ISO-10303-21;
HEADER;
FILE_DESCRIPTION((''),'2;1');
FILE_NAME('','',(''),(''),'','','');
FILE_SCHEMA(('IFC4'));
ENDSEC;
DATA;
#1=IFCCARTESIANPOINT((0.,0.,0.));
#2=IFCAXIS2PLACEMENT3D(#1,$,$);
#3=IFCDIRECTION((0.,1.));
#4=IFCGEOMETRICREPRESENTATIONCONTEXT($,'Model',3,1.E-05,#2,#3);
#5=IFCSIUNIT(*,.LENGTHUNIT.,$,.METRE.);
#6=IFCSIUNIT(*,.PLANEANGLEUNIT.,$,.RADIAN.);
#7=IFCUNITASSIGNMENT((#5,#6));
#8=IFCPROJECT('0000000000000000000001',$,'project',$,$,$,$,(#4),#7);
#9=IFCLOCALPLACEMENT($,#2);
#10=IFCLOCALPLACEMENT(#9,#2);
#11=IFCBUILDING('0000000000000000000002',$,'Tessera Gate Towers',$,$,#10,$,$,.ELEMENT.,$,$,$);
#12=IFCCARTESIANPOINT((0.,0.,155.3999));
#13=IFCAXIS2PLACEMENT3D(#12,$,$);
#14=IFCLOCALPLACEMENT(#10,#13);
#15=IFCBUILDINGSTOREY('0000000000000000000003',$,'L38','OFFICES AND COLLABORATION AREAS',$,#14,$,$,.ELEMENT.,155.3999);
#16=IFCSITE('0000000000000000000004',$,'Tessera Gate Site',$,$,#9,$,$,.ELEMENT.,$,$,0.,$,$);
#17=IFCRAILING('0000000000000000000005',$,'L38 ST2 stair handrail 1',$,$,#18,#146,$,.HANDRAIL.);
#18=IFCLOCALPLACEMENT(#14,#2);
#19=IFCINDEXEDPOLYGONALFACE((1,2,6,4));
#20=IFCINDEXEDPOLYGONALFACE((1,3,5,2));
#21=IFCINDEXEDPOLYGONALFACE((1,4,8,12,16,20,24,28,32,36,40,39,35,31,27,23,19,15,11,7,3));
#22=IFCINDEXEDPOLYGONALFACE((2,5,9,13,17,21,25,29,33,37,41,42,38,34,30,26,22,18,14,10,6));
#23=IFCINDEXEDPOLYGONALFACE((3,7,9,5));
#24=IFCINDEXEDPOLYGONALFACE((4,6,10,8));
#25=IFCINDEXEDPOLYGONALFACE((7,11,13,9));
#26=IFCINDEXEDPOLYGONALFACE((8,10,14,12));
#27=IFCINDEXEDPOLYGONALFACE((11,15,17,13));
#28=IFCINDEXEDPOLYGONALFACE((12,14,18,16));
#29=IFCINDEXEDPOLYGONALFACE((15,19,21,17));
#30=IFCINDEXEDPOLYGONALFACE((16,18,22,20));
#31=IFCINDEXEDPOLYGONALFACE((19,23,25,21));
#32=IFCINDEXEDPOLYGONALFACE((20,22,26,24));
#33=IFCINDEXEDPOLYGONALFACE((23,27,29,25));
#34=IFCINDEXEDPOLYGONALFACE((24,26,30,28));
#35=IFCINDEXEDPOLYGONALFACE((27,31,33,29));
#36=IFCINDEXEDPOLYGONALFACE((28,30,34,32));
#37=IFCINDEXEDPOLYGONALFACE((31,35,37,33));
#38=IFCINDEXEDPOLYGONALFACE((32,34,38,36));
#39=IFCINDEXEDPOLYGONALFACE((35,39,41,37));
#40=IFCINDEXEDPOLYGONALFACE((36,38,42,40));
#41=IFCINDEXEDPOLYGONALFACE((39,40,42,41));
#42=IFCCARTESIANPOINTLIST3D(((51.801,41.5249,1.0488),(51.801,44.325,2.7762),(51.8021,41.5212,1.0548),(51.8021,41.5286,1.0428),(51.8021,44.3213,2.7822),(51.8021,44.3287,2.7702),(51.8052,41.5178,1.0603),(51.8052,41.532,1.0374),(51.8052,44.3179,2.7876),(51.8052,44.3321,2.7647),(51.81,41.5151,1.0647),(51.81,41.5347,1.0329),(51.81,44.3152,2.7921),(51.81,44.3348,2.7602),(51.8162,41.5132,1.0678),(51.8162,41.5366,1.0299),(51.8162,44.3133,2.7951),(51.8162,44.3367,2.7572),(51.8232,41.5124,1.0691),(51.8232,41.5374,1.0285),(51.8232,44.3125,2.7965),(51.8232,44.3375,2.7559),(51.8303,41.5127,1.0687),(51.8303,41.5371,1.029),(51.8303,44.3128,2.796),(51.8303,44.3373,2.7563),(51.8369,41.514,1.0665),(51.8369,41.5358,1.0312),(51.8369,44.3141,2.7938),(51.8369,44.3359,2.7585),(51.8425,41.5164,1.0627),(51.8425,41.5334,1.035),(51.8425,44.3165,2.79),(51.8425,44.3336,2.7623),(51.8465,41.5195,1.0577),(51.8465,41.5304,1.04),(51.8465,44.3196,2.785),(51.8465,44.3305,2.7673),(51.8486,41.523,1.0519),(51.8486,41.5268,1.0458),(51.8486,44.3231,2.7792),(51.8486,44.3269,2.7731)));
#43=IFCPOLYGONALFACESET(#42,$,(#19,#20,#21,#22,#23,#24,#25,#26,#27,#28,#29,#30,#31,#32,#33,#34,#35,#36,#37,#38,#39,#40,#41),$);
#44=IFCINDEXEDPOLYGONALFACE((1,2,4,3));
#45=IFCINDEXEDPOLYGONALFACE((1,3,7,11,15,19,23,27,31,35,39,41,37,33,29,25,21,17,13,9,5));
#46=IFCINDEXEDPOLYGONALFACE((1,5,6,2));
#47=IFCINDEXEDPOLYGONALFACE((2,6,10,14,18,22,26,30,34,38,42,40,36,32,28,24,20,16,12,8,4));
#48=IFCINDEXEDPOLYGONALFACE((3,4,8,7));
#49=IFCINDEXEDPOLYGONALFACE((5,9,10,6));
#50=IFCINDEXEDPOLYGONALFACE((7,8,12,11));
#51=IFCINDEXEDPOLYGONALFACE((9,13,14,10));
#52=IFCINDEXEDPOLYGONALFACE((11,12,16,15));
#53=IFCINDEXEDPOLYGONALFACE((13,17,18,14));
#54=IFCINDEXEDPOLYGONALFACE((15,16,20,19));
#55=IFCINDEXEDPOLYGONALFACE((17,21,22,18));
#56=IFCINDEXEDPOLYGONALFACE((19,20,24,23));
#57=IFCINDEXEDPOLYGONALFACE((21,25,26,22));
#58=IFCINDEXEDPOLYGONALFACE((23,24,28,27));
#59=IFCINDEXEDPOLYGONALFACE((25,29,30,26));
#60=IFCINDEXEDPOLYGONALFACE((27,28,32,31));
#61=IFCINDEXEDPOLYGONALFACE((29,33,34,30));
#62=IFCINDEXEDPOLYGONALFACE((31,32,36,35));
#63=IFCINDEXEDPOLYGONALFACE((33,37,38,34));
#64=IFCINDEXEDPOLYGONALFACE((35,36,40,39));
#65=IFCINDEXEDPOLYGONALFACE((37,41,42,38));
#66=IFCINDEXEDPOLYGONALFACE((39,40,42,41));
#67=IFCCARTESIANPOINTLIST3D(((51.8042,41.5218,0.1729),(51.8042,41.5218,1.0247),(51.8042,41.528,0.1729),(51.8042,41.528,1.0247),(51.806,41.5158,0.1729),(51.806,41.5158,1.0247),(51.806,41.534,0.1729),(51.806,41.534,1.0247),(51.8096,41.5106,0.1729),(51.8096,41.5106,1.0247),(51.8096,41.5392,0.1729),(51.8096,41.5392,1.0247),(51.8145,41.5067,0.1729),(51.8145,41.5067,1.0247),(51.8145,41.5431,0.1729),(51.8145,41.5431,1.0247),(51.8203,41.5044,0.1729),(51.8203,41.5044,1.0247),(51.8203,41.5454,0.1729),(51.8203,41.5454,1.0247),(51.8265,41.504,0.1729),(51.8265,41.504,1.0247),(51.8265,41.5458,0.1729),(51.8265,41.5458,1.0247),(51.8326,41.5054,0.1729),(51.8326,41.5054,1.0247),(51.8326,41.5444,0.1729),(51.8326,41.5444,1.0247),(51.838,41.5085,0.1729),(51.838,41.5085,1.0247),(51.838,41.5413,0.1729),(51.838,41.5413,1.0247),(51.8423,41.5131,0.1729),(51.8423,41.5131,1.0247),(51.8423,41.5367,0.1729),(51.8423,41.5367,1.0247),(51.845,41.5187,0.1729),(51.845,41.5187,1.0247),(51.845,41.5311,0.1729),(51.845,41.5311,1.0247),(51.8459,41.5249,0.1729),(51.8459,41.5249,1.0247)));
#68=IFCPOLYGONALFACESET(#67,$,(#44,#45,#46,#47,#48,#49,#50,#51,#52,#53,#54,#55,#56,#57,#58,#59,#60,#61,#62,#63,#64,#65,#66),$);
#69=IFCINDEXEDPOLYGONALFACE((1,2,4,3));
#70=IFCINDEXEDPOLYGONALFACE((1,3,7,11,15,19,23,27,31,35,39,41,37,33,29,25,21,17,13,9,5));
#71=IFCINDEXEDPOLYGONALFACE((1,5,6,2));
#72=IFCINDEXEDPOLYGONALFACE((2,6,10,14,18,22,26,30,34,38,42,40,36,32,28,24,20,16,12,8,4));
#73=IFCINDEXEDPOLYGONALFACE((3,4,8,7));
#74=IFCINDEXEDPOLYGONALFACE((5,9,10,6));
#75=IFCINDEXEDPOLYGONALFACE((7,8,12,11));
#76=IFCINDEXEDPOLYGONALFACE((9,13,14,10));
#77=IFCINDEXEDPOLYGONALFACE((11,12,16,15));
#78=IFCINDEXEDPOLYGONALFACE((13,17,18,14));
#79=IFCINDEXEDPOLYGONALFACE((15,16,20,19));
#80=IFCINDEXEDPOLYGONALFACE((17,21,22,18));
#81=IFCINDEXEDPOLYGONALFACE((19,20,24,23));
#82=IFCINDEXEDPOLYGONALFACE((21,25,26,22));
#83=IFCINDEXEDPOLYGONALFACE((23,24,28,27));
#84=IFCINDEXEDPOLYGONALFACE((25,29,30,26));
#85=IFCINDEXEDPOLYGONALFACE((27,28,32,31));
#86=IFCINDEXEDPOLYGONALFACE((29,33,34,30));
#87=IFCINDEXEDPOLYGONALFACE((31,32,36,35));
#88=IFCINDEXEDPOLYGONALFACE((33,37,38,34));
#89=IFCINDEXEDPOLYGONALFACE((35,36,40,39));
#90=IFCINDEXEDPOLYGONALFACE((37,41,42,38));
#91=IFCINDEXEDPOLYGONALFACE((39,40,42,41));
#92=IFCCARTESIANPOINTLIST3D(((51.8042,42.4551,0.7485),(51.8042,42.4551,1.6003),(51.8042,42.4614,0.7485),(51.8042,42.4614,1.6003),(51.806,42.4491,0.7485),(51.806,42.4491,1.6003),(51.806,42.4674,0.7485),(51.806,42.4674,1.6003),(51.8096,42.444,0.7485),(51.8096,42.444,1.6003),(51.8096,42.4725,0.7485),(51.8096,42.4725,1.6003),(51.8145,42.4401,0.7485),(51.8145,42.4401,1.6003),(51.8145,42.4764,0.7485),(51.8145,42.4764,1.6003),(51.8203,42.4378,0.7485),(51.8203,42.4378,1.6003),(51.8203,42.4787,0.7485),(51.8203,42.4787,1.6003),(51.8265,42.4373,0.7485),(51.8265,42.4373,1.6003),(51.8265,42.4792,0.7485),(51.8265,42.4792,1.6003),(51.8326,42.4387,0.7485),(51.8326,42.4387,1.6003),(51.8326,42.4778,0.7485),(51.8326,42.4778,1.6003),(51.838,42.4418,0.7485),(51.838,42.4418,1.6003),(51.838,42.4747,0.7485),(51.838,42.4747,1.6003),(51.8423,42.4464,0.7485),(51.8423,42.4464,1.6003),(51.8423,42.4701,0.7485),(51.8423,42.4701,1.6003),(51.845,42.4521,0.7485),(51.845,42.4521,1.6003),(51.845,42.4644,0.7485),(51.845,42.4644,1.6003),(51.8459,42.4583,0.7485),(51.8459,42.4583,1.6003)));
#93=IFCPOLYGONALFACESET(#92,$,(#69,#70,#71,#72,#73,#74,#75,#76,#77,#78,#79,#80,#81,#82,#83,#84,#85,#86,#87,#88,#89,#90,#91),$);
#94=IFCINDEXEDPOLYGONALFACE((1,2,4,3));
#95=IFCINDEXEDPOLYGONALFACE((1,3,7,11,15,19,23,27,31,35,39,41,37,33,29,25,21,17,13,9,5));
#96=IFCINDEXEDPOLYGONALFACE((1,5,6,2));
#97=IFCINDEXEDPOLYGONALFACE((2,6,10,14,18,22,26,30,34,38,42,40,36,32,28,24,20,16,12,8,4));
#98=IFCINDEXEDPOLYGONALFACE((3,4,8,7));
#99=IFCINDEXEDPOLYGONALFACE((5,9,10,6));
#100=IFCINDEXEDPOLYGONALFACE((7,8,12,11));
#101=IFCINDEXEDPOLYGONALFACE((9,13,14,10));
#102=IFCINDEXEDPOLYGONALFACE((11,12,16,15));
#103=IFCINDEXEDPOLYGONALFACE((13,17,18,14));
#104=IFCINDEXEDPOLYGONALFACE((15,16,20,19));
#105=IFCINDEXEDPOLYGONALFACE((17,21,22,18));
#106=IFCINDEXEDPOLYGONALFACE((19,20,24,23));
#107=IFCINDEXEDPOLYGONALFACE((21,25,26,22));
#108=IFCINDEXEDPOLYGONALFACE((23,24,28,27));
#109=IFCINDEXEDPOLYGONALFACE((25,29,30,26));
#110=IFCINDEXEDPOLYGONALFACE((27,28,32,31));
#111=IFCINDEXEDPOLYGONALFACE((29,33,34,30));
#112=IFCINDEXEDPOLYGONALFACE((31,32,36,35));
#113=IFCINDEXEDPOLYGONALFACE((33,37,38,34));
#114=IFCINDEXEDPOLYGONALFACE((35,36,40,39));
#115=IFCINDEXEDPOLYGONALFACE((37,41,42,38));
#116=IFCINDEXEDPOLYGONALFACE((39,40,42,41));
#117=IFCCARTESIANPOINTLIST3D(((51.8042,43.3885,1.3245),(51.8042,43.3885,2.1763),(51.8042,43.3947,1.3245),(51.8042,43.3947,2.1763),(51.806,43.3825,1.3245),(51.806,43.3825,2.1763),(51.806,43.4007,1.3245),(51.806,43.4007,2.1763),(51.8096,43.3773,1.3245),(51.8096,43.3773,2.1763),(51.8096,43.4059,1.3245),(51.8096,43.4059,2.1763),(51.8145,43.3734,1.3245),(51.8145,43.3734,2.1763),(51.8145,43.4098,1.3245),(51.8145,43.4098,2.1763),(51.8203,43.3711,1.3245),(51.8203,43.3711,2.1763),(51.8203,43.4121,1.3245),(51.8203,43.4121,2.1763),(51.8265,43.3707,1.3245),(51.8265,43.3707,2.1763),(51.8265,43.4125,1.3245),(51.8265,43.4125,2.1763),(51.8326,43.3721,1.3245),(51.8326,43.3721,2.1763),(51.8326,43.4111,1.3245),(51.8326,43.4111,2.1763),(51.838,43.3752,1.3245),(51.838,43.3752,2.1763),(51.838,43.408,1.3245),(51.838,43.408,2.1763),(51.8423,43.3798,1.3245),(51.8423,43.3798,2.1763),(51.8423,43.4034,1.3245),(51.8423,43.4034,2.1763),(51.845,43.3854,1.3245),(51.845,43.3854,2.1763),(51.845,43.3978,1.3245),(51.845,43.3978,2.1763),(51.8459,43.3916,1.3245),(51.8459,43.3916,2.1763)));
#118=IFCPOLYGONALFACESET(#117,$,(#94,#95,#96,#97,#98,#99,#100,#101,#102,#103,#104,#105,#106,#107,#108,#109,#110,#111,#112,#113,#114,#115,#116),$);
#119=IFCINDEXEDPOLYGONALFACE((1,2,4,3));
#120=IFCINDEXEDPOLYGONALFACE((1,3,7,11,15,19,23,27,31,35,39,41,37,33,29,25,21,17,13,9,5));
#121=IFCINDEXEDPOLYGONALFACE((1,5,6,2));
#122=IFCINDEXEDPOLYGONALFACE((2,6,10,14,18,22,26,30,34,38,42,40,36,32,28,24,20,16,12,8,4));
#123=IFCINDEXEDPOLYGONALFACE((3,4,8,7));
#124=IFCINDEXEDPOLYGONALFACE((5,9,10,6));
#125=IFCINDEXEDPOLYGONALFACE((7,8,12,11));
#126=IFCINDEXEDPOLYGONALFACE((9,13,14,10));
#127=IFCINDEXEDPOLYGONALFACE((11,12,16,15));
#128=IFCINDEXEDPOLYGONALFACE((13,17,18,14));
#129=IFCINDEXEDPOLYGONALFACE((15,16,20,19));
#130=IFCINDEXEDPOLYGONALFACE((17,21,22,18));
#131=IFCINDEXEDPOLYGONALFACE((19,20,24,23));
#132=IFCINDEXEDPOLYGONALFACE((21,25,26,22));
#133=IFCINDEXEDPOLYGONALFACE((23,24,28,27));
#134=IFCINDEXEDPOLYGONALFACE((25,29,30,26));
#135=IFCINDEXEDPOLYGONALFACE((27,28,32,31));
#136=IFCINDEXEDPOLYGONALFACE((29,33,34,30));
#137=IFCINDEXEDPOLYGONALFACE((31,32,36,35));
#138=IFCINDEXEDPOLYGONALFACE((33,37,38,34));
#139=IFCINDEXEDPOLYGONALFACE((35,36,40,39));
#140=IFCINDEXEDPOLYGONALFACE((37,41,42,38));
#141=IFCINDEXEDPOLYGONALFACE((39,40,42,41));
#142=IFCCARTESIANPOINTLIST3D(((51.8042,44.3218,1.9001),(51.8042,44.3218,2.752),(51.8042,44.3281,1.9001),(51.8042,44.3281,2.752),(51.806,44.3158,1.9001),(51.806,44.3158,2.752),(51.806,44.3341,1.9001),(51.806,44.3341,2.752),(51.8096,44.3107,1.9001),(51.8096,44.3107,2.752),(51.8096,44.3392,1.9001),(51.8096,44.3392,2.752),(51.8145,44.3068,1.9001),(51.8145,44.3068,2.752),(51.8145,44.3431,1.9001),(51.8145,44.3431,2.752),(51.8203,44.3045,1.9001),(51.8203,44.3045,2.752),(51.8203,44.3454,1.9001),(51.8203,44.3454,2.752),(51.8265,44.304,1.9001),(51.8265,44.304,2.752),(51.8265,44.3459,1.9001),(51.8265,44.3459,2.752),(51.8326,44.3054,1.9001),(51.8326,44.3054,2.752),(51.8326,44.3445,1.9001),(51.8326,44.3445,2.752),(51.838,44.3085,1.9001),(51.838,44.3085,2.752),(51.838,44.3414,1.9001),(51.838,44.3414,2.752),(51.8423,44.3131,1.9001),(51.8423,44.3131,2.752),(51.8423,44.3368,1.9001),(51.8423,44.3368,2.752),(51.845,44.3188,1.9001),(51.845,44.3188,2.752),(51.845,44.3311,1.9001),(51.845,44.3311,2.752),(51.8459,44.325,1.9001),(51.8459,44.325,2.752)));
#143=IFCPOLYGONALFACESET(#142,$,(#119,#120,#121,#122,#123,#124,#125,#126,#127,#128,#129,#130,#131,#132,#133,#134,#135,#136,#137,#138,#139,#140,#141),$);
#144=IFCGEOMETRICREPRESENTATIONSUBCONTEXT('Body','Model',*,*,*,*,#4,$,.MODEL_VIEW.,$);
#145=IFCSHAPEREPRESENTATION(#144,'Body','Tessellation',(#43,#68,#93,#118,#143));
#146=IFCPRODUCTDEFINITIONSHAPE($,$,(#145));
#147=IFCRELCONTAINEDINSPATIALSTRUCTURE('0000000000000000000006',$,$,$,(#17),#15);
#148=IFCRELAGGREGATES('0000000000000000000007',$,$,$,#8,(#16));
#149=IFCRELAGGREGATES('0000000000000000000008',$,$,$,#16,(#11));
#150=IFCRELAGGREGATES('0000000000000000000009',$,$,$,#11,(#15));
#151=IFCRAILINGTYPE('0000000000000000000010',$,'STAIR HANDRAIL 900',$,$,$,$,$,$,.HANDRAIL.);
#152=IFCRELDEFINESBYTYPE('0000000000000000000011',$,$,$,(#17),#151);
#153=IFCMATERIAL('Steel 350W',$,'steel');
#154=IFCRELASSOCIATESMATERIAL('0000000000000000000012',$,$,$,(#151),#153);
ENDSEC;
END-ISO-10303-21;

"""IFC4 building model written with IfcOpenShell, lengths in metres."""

from ifc_helpers import new_model, si_unit, direction, frame, origin, origin_2d, place, context, subcontext, project, spatial, circle, extrude, material, type_object, element, save


model = new_model("IFC4")

# Units and contexts
model_context = context("Model", 3, precision=1e-05, world=origin(), true_north=direction((0.0, 1.0)))
body_context = subcontext(model_context, "Body", "Model", "MODEL_VIEW")
ifc_project = project(units=[si_unit("LENGTHUNIT", "METRE"), si_unit("PLANEANGLEUNIT", "RADIAN")], contexts=[model_context])

# Site, building, storey
site_placement = place(None, origin())
site = spatial("IfcSite", under=ifc_project, at=site_placement, Name="Tessera Gate Site", CompositionType="ELEMENT", RefElevation=0.0)
building_placement = place(site_placement, origin())
building = spatial("IfcBuilding", under=site, at=building_placement, Name="Tessera Gate Towers", CompositionType="ELEMENT")
storey_placement = place(building_placement, frame((0.0, 0.0, 155.3999)))
storey = spatial("IfcBuildingStorey", under=building, at=storey_placement, Name="L38", Description="OFFICES AND COLLABORATION AREAS", CompositionType="ELEMENT", Elevation=155.3999)

# Railing
ifc_material_1 = material(Name="Steel 350W", Category="steel")
railing_type_1 = type_object("IfcRailingType", Name="STAIR HANDRAIL 900", PredefinedType="HANDRAIL", material=ifc_material_1)
railing_1_placement = place(storey_placement, frame((51.825, 41.5249, 0.1729)))
element("IfcRailing", 1, at=railing_1_placement, inside=storey, type_object=railing_type_1, Name="L38 ST2 stair handrail 1", PredefinedType="HANDRAIL", context=body_context, shape_type="SweptSolid", body=[
    extrude(circle(Radius=0.0239, at=origin_2d()), frame((0.0, 0.0, 0.876), z_axis=(0.0, 0.85109, 0.52502), x_axis=(-1.0, 0.0, 0.0)), (0.0, 0.0, 1.0), 3.29),
    extrude(circle(Radius=0.021, at=origin_2d()), origin(), (0.0, 0.0, 1.0), 0.8518),
    extrude(circle(Radius=0.021, at=origin_2d()), frame((0.0, 0.9333, 0.5757)), (0.0, 0.0, 1.0), 0.8518),
    extrude(circle(Radius=0.021, at=origin_2d()), frame((0.0, 1.8667, 1.1516)), (0.0, 0.0, 1.0), 0.8518),
    extrude(circle(Radius=0.021, at=origin_2d()), frame((0.0, 2.8, 1.7273)), (0.0, 0.0, 1.0), 0.8518),
])

save(model, "model.ifc")
